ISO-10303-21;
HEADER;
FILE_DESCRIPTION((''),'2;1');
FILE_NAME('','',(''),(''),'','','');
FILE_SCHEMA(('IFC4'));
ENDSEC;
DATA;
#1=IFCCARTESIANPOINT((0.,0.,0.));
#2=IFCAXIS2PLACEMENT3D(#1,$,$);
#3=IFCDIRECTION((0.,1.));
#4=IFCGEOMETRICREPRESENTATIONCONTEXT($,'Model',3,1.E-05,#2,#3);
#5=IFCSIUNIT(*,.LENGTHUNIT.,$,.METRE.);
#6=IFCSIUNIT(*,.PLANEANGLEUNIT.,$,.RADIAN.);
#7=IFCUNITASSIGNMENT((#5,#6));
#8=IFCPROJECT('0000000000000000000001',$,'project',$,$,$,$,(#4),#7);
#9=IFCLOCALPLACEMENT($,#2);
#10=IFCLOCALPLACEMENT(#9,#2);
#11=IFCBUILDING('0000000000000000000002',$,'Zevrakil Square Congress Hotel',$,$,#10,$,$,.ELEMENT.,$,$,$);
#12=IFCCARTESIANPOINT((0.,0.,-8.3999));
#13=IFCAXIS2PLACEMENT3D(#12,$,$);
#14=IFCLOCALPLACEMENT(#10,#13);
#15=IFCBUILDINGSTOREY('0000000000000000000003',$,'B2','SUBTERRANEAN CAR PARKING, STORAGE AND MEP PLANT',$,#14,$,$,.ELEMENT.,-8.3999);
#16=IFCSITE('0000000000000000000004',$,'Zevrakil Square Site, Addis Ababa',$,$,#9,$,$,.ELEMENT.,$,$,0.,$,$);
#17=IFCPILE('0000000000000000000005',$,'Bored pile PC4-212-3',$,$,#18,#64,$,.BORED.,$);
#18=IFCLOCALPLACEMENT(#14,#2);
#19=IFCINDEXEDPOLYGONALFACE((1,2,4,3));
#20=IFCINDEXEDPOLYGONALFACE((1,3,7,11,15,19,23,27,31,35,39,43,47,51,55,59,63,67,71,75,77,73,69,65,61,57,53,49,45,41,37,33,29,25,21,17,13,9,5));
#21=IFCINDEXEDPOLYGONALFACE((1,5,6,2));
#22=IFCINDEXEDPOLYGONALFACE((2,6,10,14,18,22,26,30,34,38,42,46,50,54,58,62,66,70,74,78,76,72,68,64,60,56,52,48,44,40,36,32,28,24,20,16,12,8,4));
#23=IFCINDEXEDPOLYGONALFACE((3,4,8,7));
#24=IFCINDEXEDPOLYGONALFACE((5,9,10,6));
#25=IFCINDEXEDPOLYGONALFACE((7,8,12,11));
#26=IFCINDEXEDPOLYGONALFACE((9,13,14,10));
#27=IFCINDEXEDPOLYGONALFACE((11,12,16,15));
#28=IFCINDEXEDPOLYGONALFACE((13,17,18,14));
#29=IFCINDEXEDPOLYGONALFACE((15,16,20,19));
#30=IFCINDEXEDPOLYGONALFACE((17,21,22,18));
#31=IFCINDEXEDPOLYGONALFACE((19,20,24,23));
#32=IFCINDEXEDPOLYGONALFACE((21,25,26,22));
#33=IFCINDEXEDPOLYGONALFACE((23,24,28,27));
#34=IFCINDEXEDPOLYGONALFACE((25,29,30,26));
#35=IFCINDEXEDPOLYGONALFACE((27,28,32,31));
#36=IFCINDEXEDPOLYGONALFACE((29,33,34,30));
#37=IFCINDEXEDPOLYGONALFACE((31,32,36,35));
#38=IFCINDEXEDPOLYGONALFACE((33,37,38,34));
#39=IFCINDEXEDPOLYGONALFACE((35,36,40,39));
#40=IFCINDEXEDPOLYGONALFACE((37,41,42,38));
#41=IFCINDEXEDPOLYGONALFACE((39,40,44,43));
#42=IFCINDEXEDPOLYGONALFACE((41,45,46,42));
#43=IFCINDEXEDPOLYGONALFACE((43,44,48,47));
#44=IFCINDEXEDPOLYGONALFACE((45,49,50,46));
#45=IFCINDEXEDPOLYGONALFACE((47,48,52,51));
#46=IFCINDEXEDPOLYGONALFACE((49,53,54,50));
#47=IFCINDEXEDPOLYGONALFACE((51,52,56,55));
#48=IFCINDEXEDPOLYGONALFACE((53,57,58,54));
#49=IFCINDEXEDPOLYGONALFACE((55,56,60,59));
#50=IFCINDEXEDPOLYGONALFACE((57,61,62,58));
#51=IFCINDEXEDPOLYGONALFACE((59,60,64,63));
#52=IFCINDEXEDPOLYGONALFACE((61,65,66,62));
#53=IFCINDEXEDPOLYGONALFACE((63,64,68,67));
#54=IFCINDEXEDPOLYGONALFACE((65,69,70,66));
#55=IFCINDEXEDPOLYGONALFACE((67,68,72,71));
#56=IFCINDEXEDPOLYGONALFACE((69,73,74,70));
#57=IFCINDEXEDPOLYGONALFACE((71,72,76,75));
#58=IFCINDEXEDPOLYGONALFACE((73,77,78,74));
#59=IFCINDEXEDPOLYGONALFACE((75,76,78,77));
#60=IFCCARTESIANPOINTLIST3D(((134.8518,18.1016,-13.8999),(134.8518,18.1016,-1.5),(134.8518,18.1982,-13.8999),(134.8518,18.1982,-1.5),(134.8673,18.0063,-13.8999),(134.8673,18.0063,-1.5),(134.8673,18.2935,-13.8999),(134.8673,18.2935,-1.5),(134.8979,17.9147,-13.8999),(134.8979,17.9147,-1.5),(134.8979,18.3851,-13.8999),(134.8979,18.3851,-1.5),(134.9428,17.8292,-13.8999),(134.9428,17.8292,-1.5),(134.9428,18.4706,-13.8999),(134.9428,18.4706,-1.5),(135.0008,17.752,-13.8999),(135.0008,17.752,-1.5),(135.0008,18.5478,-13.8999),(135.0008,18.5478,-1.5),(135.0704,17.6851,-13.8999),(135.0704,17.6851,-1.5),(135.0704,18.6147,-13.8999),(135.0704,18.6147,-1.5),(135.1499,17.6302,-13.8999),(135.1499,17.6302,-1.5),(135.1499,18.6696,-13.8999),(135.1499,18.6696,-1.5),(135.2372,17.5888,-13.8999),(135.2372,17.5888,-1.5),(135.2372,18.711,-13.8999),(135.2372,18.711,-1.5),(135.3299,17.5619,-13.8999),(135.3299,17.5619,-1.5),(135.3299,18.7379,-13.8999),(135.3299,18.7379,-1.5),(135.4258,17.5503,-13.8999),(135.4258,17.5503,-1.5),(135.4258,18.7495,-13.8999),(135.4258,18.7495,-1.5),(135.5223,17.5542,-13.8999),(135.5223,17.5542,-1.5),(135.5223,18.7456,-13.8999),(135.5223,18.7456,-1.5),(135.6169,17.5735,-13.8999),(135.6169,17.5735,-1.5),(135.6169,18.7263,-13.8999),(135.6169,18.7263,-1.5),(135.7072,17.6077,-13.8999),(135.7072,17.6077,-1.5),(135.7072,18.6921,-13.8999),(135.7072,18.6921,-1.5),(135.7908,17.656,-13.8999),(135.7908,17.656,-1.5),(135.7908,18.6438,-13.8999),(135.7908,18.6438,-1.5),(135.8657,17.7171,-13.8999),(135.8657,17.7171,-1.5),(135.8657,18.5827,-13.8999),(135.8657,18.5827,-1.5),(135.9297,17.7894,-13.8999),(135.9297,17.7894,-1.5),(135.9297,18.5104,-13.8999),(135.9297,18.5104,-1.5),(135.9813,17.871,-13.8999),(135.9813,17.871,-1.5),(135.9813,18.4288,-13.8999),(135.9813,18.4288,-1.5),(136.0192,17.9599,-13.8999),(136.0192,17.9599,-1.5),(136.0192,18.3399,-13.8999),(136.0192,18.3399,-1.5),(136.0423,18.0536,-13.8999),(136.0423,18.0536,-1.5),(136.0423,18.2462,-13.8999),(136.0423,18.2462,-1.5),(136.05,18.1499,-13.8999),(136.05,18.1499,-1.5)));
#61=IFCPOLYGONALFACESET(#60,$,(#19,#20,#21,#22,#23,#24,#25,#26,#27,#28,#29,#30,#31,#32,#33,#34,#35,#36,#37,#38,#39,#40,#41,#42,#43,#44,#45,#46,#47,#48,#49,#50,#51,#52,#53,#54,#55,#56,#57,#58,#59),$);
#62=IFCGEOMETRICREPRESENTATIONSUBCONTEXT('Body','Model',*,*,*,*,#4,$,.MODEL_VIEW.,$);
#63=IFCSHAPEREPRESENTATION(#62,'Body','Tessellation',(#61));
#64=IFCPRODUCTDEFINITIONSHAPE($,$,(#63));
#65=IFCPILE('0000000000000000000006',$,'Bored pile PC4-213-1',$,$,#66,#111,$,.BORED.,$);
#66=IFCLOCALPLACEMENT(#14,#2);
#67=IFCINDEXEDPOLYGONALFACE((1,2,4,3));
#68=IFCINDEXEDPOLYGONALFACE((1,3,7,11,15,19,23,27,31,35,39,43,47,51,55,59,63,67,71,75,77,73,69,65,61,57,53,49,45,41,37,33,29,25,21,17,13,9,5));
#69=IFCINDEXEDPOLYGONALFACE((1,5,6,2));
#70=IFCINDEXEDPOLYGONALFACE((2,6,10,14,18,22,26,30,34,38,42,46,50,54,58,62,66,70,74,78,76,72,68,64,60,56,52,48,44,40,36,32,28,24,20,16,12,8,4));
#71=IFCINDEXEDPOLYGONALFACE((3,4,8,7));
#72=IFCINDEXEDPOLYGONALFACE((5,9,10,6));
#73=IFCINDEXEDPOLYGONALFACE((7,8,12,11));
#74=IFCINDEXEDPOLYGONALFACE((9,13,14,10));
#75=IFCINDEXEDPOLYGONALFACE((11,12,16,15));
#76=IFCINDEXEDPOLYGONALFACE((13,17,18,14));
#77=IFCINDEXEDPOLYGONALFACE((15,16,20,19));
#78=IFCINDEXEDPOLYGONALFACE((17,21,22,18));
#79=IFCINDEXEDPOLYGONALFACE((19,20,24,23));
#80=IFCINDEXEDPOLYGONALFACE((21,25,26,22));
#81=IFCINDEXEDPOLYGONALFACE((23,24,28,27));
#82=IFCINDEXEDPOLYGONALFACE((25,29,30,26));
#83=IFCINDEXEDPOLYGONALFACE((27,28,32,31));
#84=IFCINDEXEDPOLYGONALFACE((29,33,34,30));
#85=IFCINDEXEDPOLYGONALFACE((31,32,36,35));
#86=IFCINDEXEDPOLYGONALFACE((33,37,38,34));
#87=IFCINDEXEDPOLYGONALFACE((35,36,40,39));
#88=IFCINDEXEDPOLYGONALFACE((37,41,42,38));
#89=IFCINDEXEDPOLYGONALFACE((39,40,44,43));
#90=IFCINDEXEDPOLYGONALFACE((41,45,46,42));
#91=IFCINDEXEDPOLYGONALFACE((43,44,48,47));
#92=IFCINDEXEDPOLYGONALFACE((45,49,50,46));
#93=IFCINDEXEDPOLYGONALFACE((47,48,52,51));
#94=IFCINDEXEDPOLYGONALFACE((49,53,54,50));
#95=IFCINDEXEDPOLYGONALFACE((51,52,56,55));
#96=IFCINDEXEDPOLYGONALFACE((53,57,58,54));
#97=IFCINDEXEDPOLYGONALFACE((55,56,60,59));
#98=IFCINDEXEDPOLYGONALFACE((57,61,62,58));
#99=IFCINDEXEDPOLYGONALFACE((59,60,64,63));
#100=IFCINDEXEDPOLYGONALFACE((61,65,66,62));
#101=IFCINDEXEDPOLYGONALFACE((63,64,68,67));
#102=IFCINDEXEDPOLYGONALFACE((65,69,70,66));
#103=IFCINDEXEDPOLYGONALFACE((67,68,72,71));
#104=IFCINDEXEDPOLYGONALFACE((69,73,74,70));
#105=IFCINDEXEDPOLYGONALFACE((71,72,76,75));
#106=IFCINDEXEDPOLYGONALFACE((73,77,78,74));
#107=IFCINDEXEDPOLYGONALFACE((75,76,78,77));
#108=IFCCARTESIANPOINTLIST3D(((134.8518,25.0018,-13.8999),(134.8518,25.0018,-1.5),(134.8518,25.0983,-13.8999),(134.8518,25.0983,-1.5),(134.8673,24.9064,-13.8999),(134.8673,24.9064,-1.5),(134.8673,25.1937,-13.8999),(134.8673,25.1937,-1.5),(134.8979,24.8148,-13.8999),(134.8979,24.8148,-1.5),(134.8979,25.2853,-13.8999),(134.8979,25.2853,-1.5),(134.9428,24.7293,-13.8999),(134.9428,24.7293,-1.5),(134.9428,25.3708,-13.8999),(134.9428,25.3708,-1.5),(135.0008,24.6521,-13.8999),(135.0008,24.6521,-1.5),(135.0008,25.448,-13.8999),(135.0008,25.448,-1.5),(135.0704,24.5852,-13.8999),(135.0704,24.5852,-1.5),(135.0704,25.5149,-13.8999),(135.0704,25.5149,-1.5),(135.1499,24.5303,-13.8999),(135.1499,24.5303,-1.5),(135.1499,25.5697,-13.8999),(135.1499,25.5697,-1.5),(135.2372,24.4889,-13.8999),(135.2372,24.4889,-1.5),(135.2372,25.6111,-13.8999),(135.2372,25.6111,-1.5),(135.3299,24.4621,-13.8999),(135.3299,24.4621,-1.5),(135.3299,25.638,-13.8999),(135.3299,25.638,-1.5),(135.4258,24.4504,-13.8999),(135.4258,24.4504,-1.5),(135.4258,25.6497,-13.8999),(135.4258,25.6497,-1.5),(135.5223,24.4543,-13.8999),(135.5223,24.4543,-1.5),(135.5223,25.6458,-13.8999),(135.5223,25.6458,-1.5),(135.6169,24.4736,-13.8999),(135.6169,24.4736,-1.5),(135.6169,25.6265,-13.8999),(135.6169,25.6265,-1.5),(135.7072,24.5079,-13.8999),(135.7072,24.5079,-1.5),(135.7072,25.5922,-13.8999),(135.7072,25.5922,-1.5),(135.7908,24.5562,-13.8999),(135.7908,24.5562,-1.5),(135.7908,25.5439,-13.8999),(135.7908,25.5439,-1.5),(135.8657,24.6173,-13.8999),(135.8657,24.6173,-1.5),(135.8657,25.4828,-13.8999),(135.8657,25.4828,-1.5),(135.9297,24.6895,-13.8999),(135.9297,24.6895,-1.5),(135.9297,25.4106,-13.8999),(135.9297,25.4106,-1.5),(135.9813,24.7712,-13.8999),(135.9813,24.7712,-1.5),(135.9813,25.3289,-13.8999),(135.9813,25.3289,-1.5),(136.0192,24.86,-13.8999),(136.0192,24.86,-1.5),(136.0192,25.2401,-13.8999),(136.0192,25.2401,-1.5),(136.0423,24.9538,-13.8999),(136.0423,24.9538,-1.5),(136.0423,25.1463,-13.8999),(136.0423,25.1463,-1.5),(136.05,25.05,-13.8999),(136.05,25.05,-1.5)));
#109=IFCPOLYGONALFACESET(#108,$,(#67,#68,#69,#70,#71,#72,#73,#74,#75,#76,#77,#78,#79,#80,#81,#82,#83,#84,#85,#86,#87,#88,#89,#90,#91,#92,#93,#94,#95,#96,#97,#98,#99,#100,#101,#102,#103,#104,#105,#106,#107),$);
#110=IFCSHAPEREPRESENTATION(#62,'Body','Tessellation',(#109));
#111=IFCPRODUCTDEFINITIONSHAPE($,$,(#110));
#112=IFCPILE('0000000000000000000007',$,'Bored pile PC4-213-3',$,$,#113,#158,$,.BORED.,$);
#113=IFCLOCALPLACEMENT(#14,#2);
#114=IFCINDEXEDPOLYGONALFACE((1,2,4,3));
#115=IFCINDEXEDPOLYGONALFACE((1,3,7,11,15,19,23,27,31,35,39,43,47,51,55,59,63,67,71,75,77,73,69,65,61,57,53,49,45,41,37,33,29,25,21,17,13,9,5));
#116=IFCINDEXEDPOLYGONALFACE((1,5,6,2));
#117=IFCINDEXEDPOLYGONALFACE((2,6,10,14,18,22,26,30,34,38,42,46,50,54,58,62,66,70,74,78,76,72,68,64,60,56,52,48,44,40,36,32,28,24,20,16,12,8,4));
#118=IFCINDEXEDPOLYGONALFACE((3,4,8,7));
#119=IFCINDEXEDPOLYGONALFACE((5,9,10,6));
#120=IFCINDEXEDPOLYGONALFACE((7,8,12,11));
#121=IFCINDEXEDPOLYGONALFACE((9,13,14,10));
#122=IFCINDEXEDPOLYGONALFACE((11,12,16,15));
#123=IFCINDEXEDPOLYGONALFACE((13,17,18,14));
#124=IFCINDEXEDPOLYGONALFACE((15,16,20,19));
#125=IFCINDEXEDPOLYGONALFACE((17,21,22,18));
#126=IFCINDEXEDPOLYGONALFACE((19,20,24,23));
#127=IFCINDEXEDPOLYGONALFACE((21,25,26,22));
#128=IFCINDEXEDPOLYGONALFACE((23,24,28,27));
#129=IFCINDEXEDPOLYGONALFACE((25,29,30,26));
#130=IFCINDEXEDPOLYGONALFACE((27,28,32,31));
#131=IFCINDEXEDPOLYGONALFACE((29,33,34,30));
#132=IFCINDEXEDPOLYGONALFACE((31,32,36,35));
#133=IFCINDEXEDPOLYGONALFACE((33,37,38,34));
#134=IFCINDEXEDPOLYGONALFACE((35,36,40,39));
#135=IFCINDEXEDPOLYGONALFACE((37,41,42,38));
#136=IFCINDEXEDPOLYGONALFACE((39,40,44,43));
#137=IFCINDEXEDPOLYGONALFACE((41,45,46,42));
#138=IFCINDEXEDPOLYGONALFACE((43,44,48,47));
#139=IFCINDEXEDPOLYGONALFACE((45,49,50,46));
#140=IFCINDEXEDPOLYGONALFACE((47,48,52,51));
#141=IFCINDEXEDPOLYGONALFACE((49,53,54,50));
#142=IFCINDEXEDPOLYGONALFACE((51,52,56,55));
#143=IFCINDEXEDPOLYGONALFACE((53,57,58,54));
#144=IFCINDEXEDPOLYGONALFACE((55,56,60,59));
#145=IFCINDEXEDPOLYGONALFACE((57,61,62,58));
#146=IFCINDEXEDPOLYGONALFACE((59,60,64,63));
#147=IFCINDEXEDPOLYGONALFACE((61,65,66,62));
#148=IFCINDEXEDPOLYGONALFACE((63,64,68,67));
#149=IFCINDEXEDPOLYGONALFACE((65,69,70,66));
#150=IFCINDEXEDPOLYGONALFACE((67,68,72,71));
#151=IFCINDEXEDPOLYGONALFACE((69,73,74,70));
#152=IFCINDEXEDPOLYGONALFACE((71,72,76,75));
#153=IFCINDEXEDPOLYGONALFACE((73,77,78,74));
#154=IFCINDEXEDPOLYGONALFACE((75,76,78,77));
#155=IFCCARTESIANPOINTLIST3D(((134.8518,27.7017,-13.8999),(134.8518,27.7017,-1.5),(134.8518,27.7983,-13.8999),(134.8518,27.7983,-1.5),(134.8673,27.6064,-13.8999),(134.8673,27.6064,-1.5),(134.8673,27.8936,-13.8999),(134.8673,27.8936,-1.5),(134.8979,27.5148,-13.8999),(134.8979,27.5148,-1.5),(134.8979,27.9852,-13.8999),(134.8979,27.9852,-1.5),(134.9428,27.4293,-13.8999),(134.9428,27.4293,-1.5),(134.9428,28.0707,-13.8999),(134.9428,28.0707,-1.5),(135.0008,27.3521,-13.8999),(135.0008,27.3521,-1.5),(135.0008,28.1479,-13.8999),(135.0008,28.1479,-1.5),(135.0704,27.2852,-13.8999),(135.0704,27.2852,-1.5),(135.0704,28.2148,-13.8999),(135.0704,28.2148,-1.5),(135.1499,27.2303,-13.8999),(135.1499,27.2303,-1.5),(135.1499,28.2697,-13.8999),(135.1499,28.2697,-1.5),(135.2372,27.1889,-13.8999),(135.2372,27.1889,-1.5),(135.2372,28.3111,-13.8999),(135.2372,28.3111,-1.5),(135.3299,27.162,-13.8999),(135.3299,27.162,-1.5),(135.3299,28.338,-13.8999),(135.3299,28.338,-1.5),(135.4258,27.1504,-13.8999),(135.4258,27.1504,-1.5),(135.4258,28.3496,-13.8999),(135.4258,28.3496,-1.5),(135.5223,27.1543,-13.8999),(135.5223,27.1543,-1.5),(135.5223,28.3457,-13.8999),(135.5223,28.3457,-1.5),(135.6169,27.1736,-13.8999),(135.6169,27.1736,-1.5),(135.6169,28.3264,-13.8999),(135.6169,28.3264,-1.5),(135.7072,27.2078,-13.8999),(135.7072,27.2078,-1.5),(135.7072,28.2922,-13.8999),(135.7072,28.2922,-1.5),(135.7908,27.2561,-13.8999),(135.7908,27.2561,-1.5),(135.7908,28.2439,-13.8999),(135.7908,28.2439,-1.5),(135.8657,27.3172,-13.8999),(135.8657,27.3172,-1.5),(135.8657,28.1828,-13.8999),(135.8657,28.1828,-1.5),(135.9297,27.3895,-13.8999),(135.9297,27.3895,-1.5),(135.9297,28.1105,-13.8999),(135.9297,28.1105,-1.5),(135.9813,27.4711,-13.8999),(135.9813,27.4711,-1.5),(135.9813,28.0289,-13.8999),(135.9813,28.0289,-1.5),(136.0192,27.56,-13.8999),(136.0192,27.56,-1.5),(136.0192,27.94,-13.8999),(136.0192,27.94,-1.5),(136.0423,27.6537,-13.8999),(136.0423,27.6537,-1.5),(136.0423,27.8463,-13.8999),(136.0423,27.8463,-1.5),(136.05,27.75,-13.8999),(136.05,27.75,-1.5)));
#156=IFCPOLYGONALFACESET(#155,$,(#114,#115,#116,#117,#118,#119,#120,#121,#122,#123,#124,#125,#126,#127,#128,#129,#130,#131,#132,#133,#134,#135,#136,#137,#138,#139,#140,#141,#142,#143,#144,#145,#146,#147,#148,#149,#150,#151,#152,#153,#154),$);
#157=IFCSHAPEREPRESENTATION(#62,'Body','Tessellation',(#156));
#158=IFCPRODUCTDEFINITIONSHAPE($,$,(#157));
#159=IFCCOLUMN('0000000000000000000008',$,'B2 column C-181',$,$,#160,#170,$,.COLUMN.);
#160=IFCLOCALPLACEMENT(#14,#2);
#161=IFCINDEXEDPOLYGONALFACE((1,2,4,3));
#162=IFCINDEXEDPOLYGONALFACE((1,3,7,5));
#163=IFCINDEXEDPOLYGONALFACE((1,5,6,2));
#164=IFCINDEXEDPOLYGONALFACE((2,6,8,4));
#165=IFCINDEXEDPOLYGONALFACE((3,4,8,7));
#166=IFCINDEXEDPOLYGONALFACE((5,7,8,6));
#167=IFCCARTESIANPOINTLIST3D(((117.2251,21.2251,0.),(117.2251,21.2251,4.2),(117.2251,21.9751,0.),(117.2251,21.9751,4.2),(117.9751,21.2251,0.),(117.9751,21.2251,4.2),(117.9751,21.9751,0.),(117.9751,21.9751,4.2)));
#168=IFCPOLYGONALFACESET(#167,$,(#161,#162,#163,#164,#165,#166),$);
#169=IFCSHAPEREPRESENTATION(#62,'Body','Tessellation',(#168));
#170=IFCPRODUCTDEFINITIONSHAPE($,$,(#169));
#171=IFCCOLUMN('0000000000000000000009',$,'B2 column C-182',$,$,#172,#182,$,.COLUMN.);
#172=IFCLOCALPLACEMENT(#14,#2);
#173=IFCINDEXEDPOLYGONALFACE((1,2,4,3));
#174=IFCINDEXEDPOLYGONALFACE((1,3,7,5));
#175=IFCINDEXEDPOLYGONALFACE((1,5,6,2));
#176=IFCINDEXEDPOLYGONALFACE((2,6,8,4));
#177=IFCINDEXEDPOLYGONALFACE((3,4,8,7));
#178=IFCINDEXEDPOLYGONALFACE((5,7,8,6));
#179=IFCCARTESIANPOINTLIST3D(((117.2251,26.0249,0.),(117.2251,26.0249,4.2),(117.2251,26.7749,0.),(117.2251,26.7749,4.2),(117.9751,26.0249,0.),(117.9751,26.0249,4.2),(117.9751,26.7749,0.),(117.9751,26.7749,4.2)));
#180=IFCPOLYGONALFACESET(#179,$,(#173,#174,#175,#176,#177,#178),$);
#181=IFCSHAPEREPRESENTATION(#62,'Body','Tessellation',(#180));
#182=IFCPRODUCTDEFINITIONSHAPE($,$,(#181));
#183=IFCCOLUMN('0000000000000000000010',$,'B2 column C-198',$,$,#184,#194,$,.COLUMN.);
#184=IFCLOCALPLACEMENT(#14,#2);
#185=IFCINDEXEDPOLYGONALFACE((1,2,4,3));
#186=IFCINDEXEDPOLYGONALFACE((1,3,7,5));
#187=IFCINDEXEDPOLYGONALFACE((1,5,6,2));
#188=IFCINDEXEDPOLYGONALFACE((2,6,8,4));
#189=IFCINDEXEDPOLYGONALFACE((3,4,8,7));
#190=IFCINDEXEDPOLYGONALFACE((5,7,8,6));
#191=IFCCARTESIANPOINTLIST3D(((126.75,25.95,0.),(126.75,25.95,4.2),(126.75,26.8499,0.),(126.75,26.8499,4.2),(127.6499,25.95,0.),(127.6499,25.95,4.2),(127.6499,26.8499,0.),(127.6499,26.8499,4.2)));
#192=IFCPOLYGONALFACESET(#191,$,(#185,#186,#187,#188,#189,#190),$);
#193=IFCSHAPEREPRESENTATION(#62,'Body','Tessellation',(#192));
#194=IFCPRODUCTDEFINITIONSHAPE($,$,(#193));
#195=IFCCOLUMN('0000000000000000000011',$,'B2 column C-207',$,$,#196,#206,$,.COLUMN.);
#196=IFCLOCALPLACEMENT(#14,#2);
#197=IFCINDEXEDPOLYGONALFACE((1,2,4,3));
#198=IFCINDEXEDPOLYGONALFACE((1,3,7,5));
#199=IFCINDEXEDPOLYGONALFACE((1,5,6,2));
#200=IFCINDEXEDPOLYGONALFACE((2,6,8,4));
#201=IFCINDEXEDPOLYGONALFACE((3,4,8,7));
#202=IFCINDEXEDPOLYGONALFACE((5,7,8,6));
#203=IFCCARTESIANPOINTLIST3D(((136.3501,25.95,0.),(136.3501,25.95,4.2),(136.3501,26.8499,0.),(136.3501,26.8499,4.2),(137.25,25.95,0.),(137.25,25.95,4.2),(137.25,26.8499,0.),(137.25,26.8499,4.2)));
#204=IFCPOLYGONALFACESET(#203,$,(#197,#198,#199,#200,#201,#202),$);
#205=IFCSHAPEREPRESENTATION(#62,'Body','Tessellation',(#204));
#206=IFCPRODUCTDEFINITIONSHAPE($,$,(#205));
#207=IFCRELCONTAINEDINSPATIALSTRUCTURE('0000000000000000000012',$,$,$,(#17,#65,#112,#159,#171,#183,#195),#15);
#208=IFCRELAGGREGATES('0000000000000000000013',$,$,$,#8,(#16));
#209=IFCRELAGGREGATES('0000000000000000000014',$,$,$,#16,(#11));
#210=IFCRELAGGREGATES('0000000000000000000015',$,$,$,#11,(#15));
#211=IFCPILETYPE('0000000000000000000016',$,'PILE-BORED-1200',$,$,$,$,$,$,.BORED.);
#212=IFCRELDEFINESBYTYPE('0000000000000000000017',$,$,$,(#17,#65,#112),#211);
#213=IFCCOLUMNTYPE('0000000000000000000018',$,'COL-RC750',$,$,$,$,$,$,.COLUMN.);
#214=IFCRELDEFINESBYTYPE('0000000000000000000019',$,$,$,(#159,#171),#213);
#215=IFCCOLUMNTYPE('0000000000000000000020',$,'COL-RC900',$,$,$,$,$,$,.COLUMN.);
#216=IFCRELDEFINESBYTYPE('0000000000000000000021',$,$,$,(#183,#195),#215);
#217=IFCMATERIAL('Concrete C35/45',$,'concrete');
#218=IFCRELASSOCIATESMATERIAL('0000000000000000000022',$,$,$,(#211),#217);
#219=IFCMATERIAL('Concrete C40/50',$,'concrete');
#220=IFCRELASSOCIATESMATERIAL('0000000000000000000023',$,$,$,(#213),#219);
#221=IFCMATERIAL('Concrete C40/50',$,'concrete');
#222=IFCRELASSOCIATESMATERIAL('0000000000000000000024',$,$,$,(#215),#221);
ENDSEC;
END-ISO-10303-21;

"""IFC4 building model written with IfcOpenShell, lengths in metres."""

from ifc_helpers import new_model, si_unit, direction, frame, origin, origin_2d, place, context, subcontext, project, spatial, rectangle, circle, extrude, material, material_profile, profile_set, type_object, element, save


model = new_model("IFC4")

# Units and contexts
model_context = context("Model", 3, precision=1e-05, world=origin(), true_north=direction((0.0, 1.0)))
body_context = subcontext(model_context, "Body", "Model", "MODEL_VIEW")
ifc_project = project(units=[si_unit("LENGTHUNIT", "METRE"), si_unit("PLANEANGLEUNIT", "RADIAN")], contexts=[model_context])

# Site, building, storey
site_placement = place(None, origin())
site = spatial("IfcSite", under=ifc_project, at=site_placement, Name="Zevrakil Square Site, Addis Ababa", CompositionType="ELEMENT", RefElevation=0.0)
building_placement = place(site_placement, origin())
building = spatial("IfcBuilding", under=site, at=building_placement, Name="Zevrakil Square Congress Hotel", CompositionType="ELEMENT")
storey_placement = place(building_placement, frame((0.0, 0.0, -8.3999)))
storey = spatial("IfcBuildingStorey", under=building, at=storey_placement, Name="B2", Description="SUBTERRANEAN CAR PARKING, STORAGE AND MEP PLANT", CompositionType="ELEMENT", Elevation=-8.3999)

# Piles
ifc_material_1 = material(Name="Concrete C35/45", Category="concrete")
ifc_material_profile_1 = material_profile(ifc_material_1, circle(Radius=0.6001, at=origin_2d()), Name="PILE D1200")
ifc_profile_set_1 = profile_set([ifc_material_profile_1], Name="Concrete C35/45")
pile_type_1 = type_object("IfcPileType", Name="PILE-BORED-1200", PredefinedType="BORED", material=ifc_profile_set_1)
for number, where, z_axis, x_axis, name in (
    (1, (135.45, 18.1499, -1.5), (0.0, 0.0, -1.0), (1.0, 0.0, 0.0), "Bored pile PC4-212-3"),
    (2, (135.45, 25.05, -1.5), (0.0, 0.0, -1.0), (1.0, 0.0, 0.0), "Bored pile PC4-213-1"),
    (3, (135.45, 27.75, -1.5), (0.0, 0.0, -1.0), (1.0, 0.0, 0.0), "Bored pile PC4-213-3"),
):
    element("IfcPile", number, at=place(storey_placement, frame(where, z_axis=z_axis, x_axis=x_axis)), inside=storey, type_object=pile_type_1, Name=name, PredefinedType="BORED", context=body_context, shape_type="SweptSolid", body=[
        extrude(circle(Radius=0.6001, at=origin_2d()), origin(), (0.0, 0.0, 1.0), 12.3999),
    ])

# Columns
ifc_material_2 = material(Name="Concrete C40/50", Category="concrete")
ifc_material_profile_2 = material_profile(ifc_material_2, rectangle(XDim=0.75, YDim=0.75, at=origin_2d()), Name="RC 750x750")
ifc_profile_set_2 = profile_set([ifc_material_profile_2], Name="Concrete C40/50")
column_type_1 = type_object("IfcColumnType", Name="COL-RC750", PredefinedType="COLUMN", material=ifc_profile_set_2)
for number, where, z_axis, x_axis, name in (
    (4, (117.6001, 21.6001, 0.0), (0.0, 0.0, 1.0), (1.0, 0.0, 0.0), "B2 column C-181"),
    (5, (117.6001, 26.3999, 0.0), (0.0, 0.0, 1.0), (1.0, 0.0, 0.0), "B2 column C-182"),
):
    element("IfcColumn", number, at=place(storey_placement, frame(where, z_axis=z_axis, x_axis=x_axis)), inside=storey, type_object=column_type_1, Name=name, PredefinedType="COLUMN", context=body_context, shape_type="SweptSolid", body=[
        extrude(rectangle(XDim=0.75, YDim=0.75, at=origin_2d()), origin(), (0.0, 0.0, 1.0), 4.2),
    ])
ifc_material_3 = material(Name="Concrete C40/50", Category="concrete")
ifc_material_profile_3 = material_profile(ifc_material_3, rectangle(XDim=0.8999, YDim=0.8999, at=origin_2d()), Name="RC 900x900")
ifc_profile_set_3 = profile_set([ifc_material_profile_3], Name="Concrete C40/50")
column_type_2 = type_object("IfcColumnType", Name="COL-RC900", PredefinedType="COLUMN", material=ifc_profile_set_3)
for number, where, z_axis, x_axis, name in (
    (6, (127.2, 26.3999, 0.0), (0.0, 0.0, 1.0), (1.0, 0.0, 0.0), "B2 column C-198"),
    (7, (136.8, 26.3999, 0.0), (0.0, 0.0, 1.0), (1.0, 0.0, 0.0), "B2 column C-207"),
):
    element("IfcColumn", number, at=place(storey_placement, frame(where, z_axis=z_axis, x_axis=x_axis)), inside=storey, type_object=column_type_2, Name=name, PredefinedType="COLUMN", context=body_context, shape_type="SweptSolid", body=[
        extrude(rectangle(XDim=0.8999, YDim=0.8999, at=origin_2d()), origin(), (0.0, 0.0, 1.0), 4.2),
    ])

save(model, "model.ifc")
